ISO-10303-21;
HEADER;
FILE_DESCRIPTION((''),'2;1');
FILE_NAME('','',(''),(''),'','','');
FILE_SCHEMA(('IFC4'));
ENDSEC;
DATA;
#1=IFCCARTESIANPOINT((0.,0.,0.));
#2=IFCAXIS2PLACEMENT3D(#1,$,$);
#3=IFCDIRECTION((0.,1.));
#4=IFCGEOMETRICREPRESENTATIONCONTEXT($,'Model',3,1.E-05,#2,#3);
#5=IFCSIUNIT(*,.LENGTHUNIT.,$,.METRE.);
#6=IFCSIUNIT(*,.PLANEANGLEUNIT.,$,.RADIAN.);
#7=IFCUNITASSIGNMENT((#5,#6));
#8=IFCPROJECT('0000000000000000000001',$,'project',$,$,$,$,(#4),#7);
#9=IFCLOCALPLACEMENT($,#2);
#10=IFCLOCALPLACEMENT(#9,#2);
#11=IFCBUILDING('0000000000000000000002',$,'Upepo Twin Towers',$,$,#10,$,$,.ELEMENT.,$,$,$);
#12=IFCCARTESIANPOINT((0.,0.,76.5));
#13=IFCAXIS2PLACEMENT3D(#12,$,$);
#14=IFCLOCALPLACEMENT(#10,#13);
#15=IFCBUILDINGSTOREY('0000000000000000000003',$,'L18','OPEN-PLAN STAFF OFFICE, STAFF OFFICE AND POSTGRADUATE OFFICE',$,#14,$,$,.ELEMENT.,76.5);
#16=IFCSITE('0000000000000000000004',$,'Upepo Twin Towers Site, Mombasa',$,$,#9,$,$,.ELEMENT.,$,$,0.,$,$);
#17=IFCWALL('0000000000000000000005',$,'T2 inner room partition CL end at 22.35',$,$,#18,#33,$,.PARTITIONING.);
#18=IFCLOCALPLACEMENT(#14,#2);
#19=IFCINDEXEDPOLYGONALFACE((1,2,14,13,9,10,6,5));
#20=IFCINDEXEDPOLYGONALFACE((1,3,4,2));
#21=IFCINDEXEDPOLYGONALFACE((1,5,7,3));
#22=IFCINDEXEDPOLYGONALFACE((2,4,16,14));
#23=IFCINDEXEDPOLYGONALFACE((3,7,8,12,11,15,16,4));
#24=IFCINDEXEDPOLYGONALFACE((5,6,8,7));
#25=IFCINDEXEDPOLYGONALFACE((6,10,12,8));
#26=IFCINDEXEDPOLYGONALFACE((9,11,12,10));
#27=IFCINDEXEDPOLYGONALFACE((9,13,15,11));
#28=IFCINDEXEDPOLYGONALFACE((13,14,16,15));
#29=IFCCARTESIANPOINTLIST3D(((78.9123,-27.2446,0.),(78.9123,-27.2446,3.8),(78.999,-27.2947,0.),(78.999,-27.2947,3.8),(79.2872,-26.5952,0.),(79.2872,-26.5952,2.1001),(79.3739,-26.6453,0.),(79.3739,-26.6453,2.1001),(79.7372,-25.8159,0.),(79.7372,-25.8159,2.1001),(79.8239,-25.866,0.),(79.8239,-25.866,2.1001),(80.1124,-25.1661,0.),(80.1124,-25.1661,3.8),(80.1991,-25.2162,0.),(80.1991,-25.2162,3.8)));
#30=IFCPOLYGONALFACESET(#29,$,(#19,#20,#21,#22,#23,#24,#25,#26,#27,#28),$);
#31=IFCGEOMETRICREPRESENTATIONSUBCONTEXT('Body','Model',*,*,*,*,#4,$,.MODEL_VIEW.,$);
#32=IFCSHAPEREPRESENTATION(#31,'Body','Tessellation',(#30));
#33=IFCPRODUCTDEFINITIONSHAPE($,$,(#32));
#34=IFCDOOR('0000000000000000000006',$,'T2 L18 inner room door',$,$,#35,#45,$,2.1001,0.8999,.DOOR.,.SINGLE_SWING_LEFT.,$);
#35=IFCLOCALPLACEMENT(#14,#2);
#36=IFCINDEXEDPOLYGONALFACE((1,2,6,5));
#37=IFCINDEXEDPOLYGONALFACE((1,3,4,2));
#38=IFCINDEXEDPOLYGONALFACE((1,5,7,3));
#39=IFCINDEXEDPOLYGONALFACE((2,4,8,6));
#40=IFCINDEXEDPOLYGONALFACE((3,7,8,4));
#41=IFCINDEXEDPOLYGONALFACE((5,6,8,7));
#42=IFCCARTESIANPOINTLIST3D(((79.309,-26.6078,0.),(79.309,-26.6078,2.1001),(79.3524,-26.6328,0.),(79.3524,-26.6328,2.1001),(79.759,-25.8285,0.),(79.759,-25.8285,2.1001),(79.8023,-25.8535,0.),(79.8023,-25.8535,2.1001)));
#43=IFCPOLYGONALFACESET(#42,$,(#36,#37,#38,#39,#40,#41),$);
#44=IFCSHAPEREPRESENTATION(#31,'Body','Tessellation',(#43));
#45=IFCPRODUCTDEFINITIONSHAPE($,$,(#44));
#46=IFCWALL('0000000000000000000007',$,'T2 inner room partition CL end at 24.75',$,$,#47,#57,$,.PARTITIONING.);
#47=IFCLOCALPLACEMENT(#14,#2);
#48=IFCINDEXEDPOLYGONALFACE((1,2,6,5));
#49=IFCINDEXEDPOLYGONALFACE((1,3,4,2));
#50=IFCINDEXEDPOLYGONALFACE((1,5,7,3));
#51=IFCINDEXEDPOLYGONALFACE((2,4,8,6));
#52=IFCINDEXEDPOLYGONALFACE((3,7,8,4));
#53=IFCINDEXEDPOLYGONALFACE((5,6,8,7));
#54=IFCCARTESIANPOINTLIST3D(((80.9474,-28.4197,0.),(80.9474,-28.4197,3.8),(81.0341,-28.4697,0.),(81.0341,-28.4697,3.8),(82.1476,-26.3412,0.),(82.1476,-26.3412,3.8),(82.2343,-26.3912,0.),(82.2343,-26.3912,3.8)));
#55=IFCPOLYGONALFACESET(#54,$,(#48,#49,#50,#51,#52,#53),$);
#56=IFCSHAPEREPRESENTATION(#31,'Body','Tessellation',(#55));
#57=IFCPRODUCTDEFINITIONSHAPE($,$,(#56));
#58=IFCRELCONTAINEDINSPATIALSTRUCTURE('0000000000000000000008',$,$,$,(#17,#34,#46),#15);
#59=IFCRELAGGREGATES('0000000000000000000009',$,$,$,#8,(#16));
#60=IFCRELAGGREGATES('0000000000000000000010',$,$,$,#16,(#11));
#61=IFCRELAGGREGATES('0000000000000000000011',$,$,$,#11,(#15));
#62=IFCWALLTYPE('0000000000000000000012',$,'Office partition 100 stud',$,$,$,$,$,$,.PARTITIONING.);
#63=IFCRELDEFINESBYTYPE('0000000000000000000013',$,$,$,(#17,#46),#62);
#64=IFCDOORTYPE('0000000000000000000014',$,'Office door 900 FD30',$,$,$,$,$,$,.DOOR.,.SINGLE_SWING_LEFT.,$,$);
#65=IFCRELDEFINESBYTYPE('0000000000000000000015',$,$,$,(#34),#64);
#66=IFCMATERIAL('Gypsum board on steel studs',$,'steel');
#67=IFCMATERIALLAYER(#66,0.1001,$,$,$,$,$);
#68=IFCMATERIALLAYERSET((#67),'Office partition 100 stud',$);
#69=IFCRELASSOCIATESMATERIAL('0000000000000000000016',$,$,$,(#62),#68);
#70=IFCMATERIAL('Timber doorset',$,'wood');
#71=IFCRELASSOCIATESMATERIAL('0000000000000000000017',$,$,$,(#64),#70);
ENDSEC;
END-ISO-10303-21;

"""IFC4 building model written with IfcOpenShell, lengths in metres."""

from ifc_helpers import new_model, si_unit, direction, frame, frame_2d, origin, place, context, subcontext, project, spatial, rectangle, extrude, material, layer, layer_set, type_object, element, fill, save


model = new_model("IFC4")

# Units and contexts
model_context = context("Model", 3, precision=1e-05, world=origin(), true_north=direction((0.0, 1.0)))
body_context = subcontext(model_context, "Body", "Model", "MODEL_VIEW")
ifc_project = project(units=[si_unit("LENGTHUNIT", "METRE"), si_unit("PLANEANGLEUNIT", "RADIAN")], contexts=[model_context])

# Site, building, storey
site_placement = place(None, origin())
site = spatial("IfcSite", under=ifc_project, at=site_placement, Name="Upepo Twin Towers Site, Mombasa", CompositionType="ELEMENT", RefElevation=0.0)
building_placement = place(site_placement, origin())
building = spatial("IfcBuilding", under=site, at=building_placement, Name="Upepo Twin Towers", CompositionType="ELEMENT")
storey_placement = place(building_placement, frame((0.0, 0.0, 76.5)))
storey = spatial("IfcBuildingStorey", under=building, at=storey_placement, Name="L18", Description="OPEN-PLAN STAFF OFFICE, STAFF OFFICE AND POSTGRADUATE OFFICE", CompositionType="ELEMENT", Elevation=76.5)

# Shared definitions
ifc_material_1 = material(Name="Gypsum board on steel studs", Category="steel")
ifc_layer_1 = layer(ifc_material_1, 0.1001)
ifc_layer_set_1 = layer_set([ifc_layer_1], Name="Office partition 100 stud")
wall_type_1 = type_object("IfcWallType", Name="Office partition 100 stud", PredefinedType="PARTITIONING", material=ifc_layer_set_1)

# Wall, opening, door
wall_1_placement = place(storey_placement, frame((78.9556, -27.2698, 0.0), z_axis=(0.0, 0.0, 1.0), x_axis=(0.500034, 0.866006, 0.0)))
wall_1 = element("IfcWall", 1, at=wall_1_placement, inside=storey, type_object=wall_type_1, Name="T2 inner room partition CL end at 22.35", PredefinedType="PARTITIONING", context=body_context, shape_type="SweptSolid", body=[
    extrude(rectangle(XDim=2.4001, YDim=0.1001, at=frame_2d((1.2002, 0.0))), origin(), (0.0, 0.0, 1.0), 3.8),
])
opening_placement = place(wall_1_placement, frame((0.75, 0.0, 0.0)))
opening = element("IfcOpeningElement", 2, at=opening_placement, cuts=wall_1, PredefinedType="OPENING", context=body_context, shape_type="SweptSolid", body=[
    extrude(rectangle(XDim=0.8999, YDim=2.1001, at=frame_2d((0.45, 1.05))), frame((0.0, 0.0601, 0.0), z_axis=(0.0, -1.0, 0.0), x_axis=(1.0, 0.0, 0.0)), (0.0, 0.0, 1.0), 0.1201),
])
ifc_material_2 = material(Name="Timber doorset", Category="wood")
door_type = type_object("IfcDoorType", Name="Office door 900 FD30", OperationType="SINGLE_SWING_LEFT", PredefinedType="DOOR", material=ifc_material_2)
door_placement = place(opening_placement, origin())
door = element("IfcDoor", 3, at=door_placement, inside=storey, type_object=door_type, Name="T2 L18 inner room door", OperationType="SINGLE_SWING_LEFT", OverallHeight=2.1001, OverallWidth=0.8999, PredefinedType="DOOR", context=body_context, shape_type="SweptSolid", body=[
    extrude(rectangle(XDim=0.8999, YDim=2.1001, at=frame_2d((0.45, 1.05))), frame((0.0, 0.0249, 0.0), z_axis=(0.0, -1.0, 0.0), x_axis=(1.0, 0.0, 0.0)), (0.0, 0.0, 1.0), 0.05),
])
fill(opening, door)

# Wall
wall_2_placement = place(storey_placement, frame((80.9907, -28.4448, 0.0), z_axis=(0.0, 0.0, 1.0), x_axis=(0.500034, 0.866006, 0.0)))
element("IfcWall", 4, at=wall_2_placement, inside=storey, type_object=wall_type_1, Name="T2 inner room partition CL end at 24.75", PredefinedType="PARTITIONING", context=body_context, shape_type="SweptSolid", body=[
    extrude(rectangle(XDim=2.4001, YDim=0.1001, at=frame_2d((1.2002, 0.0))), origin(), (0.0, 0.0, 1.0), 3.8),
])

save(model, "model.ifc")
